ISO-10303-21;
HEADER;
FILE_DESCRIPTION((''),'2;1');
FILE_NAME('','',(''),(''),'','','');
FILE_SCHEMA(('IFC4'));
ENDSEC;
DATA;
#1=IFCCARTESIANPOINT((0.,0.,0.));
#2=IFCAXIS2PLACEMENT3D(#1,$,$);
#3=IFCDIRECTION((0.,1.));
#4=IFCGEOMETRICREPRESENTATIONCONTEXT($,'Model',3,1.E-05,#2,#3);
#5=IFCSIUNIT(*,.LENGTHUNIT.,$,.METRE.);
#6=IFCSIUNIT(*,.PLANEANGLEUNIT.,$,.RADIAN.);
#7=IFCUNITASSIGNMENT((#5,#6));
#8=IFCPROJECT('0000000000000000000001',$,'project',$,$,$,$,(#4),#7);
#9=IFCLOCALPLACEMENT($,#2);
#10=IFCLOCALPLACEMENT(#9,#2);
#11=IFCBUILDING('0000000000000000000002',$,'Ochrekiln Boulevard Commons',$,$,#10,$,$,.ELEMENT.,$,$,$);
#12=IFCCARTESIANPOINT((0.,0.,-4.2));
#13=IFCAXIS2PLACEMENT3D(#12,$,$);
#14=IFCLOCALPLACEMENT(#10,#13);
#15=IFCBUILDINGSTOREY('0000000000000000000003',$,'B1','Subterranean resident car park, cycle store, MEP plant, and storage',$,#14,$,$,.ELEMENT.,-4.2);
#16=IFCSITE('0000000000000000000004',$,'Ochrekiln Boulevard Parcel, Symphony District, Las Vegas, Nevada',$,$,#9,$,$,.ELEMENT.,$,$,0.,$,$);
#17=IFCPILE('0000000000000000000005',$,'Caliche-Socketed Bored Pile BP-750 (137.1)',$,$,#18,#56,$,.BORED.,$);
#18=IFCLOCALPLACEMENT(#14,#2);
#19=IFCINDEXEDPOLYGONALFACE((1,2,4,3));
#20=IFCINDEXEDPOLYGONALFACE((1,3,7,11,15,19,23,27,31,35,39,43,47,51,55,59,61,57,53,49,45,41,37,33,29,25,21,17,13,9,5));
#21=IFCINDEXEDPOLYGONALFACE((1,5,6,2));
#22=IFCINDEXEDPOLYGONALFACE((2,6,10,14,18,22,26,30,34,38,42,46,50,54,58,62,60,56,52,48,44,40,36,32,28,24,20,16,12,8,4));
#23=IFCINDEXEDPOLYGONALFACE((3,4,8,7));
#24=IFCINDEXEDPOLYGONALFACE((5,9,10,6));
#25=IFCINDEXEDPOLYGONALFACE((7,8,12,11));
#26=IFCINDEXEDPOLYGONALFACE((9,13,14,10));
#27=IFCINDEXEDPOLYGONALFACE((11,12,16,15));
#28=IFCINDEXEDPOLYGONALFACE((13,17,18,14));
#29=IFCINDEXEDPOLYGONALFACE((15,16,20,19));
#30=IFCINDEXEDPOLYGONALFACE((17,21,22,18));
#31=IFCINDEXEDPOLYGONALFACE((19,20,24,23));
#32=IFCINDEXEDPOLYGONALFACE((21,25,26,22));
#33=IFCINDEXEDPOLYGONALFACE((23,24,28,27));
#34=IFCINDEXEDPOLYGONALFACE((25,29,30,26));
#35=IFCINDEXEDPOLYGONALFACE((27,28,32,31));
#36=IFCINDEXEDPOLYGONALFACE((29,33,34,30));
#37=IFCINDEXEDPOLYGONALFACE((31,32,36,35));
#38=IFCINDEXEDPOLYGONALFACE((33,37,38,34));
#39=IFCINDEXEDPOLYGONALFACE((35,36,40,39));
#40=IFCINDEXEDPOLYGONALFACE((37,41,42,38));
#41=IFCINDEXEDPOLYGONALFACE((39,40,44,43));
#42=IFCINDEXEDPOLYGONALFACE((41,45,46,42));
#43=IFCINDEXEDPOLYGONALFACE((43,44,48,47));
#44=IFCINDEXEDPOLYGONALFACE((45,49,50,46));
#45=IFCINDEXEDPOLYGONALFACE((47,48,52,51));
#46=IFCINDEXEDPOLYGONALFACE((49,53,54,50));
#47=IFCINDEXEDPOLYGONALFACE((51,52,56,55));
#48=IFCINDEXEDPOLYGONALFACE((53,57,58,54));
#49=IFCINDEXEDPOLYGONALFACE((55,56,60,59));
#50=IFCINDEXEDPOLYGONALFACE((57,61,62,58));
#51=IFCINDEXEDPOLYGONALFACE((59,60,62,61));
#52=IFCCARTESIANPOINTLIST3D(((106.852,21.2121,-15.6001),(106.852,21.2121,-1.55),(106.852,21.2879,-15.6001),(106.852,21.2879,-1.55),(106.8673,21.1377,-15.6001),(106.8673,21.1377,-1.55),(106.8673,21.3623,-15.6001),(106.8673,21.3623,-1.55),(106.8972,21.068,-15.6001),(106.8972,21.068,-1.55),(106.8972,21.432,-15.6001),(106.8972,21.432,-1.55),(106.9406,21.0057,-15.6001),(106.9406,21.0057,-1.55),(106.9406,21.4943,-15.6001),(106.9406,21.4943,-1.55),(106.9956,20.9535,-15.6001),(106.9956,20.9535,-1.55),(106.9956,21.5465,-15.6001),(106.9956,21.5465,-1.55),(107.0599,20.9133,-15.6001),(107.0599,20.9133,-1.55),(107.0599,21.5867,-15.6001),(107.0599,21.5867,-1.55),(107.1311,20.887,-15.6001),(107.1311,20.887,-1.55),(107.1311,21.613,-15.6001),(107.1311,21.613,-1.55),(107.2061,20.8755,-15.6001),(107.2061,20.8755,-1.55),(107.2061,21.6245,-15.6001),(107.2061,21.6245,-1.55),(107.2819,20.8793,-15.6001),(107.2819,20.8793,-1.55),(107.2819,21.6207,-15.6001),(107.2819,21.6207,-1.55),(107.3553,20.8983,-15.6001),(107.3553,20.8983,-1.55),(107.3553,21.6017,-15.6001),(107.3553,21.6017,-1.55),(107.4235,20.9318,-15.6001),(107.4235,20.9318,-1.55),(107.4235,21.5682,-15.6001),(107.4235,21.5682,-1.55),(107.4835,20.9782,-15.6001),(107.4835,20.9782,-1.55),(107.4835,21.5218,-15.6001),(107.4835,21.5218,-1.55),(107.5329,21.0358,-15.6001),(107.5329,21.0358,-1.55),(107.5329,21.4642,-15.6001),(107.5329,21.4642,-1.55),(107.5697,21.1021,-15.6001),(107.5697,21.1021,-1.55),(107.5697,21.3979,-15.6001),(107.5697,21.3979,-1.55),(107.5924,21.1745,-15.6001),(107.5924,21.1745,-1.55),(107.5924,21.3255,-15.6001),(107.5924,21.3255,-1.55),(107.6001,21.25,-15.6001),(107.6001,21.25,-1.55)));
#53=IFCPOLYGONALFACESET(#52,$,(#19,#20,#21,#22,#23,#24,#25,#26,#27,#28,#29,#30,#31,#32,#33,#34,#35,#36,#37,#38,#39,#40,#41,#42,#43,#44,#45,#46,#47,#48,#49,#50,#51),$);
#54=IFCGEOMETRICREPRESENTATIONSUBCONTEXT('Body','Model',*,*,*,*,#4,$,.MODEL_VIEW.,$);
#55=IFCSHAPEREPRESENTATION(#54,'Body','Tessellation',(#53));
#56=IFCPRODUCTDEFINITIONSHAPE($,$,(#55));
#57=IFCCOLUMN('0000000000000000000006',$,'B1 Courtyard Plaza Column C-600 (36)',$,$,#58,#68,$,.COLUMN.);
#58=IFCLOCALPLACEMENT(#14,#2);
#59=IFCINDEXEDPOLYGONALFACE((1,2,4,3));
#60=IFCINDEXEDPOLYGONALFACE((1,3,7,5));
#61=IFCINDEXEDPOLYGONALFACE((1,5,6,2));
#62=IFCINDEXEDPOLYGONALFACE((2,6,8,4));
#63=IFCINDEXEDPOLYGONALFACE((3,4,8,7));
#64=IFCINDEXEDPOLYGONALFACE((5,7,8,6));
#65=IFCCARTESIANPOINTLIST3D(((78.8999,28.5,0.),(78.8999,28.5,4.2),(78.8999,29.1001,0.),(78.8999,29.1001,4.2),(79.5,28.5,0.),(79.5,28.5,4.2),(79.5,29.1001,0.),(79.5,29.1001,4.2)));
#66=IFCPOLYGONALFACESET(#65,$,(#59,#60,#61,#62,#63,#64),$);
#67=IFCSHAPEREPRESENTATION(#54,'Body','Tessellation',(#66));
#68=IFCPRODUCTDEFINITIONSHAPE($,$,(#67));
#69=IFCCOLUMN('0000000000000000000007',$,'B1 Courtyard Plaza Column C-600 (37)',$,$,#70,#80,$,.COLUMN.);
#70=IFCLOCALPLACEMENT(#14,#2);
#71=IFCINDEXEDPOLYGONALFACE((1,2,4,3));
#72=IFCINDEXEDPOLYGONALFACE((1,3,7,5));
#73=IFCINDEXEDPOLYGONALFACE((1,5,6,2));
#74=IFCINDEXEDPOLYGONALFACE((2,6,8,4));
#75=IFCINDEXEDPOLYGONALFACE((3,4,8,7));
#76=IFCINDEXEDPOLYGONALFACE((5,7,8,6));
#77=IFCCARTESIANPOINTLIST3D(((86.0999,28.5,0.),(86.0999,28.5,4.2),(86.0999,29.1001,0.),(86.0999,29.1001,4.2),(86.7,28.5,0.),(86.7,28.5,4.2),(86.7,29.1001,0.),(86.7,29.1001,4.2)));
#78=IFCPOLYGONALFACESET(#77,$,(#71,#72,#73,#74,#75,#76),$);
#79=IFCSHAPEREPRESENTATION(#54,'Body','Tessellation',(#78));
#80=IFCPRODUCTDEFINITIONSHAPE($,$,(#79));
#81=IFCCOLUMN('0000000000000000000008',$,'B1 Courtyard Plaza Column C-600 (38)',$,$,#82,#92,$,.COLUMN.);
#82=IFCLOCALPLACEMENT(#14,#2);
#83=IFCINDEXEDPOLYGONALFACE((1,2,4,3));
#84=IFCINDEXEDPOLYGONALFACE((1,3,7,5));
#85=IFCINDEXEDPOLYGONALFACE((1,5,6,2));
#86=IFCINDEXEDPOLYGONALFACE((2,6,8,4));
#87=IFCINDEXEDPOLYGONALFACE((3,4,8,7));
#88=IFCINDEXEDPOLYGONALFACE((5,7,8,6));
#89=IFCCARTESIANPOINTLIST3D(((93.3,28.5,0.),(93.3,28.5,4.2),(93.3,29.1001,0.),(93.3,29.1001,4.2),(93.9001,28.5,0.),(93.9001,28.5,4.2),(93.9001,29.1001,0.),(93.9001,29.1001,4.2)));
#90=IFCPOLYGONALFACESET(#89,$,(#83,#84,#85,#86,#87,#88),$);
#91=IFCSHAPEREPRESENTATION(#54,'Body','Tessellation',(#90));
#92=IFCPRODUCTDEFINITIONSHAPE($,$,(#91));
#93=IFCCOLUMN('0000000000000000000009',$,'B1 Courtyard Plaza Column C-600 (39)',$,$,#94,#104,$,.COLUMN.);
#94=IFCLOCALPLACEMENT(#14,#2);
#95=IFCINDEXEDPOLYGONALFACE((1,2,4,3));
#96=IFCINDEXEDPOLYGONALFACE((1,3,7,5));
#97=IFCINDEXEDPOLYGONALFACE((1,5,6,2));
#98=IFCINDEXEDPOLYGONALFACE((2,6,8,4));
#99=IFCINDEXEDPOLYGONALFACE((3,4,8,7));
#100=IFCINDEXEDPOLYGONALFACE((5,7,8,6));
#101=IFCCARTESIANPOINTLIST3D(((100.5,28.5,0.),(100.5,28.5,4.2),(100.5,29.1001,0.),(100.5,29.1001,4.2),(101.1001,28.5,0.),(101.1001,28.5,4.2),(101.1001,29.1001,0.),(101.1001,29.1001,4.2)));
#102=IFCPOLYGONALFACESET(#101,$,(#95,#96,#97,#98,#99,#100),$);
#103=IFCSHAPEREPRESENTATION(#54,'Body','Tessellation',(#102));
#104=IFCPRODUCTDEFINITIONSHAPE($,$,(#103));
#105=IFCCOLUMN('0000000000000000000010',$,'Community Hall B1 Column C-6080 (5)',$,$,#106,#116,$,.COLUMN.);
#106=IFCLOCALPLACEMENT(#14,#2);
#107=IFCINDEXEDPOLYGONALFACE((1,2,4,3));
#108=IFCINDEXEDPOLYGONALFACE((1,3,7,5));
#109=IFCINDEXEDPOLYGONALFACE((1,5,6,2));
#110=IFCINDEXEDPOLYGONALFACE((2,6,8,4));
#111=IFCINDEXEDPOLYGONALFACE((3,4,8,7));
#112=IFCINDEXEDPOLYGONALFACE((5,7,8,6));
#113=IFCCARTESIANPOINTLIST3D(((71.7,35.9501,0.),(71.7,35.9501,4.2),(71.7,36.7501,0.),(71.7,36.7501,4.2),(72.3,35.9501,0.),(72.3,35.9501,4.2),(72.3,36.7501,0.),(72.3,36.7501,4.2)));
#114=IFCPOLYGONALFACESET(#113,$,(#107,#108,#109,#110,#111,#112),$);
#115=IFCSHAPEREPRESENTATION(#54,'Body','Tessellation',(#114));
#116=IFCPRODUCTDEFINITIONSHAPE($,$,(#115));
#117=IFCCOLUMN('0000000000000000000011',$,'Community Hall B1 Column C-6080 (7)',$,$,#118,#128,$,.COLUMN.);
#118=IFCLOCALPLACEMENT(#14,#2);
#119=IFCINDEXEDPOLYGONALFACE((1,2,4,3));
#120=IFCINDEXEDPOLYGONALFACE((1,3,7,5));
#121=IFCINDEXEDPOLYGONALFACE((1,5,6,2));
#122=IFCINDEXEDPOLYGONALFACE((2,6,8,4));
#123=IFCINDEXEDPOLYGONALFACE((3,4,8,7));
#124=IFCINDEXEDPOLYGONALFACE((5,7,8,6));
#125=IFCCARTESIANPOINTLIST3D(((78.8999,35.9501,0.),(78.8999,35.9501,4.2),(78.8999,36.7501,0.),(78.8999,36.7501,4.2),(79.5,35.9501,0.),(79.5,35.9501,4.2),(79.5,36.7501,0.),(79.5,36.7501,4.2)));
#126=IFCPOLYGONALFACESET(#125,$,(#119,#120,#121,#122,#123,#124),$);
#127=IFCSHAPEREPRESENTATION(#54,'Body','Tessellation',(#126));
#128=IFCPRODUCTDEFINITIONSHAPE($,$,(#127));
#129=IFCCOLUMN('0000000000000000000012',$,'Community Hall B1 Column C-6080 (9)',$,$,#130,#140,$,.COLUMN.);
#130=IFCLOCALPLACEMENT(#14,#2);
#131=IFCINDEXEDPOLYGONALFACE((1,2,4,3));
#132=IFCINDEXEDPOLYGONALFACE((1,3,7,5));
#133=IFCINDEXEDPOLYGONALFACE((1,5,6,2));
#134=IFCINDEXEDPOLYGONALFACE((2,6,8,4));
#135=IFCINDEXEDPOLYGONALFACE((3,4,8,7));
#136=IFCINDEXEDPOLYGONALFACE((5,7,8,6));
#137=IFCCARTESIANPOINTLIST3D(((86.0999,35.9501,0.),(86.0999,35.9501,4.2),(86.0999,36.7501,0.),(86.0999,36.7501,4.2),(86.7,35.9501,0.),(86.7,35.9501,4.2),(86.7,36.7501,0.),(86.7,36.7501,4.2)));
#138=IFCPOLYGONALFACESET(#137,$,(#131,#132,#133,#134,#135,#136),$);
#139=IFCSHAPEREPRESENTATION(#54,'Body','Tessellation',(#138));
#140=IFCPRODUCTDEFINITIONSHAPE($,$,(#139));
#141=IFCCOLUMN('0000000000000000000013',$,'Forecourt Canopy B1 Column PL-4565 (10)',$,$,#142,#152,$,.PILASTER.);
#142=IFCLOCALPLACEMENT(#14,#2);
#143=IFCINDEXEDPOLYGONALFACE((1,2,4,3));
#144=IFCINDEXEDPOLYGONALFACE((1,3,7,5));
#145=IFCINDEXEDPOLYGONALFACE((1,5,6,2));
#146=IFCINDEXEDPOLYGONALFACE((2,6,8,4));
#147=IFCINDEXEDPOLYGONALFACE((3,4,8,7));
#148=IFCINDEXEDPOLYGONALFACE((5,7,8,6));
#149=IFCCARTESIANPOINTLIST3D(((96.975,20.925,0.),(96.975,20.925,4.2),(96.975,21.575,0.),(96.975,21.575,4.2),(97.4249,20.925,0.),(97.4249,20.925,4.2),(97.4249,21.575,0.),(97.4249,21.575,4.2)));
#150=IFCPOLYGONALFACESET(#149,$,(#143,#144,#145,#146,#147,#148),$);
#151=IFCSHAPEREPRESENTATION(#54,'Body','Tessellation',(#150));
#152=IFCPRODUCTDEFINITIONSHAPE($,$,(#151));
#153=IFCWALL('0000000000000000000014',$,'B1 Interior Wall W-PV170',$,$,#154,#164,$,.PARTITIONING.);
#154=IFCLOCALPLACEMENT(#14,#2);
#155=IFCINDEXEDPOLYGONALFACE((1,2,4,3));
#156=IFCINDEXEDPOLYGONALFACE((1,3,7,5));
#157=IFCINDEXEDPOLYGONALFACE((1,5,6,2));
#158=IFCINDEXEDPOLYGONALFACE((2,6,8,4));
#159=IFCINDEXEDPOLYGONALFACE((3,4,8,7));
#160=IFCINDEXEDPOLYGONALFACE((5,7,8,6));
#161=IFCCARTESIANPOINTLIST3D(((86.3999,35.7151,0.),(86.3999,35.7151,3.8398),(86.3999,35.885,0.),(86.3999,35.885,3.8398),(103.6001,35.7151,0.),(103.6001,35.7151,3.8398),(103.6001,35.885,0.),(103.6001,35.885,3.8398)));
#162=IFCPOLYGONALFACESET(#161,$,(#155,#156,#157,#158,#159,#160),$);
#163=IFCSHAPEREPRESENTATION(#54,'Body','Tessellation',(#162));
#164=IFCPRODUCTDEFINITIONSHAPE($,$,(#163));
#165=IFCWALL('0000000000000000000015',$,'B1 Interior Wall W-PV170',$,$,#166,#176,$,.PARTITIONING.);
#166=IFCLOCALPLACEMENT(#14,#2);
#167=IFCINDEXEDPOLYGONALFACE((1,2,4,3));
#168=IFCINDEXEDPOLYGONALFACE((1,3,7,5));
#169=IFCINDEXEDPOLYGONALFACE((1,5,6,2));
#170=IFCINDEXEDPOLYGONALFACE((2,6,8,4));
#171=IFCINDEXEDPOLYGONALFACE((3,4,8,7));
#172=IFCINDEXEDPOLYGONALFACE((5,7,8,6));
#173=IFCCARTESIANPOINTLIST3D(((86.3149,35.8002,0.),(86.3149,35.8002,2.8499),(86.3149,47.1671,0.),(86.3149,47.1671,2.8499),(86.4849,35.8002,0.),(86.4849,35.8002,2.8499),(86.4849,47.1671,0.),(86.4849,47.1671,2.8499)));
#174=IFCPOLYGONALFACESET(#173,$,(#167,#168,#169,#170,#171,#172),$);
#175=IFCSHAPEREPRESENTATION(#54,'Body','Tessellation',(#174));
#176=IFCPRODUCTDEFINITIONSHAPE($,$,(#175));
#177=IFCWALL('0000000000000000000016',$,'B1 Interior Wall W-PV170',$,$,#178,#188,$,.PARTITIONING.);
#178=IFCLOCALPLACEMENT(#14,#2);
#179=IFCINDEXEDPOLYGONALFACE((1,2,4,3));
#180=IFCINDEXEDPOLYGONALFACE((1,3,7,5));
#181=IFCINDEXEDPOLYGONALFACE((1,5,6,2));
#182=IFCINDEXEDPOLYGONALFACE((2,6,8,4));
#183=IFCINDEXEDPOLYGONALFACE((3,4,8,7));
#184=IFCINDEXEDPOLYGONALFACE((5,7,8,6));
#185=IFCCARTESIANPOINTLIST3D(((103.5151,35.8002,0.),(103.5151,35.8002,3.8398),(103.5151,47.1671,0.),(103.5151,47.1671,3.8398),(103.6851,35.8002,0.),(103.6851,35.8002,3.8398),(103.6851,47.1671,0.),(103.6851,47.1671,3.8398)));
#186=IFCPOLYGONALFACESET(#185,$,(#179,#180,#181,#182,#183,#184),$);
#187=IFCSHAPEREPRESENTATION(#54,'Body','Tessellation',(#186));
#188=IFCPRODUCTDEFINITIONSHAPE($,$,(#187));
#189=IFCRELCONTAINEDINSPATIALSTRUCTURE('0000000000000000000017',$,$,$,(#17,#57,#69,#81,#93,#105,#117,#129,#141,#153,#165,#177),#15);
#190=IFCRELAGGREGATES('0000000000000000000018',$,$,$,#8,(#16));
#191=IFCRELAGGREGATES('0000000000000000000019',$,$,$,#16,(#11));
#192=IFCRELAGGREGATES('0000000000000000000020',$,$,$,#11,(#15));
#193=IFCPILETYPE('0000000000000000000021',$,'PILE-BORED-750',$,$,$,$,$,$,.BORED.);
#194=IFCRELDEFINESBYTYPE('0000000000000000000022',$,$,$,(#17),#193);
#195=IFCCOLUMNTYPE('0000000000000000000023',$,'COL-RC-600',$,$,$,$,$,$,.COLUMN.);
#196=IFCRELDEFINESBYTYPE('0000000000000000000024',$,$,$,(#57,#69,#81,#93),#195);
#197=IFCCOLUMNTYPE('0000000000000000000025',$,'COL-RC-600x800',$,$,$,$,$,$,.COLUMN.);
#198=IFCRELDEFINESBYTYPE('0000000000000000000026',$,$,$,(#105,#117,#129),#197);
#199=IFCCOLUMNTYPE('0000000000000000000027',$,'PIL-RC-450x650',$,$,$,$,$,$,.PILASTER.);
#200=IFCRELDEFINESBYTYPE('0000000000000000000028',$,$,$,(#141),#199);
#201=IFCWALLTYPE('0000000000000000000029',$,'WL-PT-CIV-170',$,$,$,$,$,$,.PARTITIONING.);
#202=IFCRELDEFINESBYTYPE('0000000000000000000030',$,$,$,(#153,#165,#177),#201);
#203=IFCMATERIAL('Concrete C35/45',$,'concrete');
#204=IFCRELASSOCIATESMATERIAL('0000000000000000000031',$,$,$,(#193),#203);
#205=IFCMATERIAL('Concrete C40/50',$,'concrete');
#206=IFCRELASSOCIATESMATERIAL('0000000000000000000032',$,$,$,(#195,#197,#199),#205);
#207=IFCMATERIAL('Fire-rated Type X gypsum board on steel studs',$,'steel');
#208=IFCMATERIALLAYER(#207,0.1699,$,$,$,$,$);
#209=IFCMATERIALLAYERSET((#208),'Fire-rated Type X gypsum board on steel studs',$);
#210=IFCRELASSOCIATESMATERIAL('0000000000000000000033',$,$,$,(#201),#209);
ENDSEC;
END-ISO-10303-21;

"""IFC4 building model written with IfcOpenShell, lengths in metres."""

from ifc_helpers import new_model, si_unit, direction, frame, frame_2d, origin, origin_2d, place, context, subcontext, project, spatial, rectangle, circle, extrude, material, layer, layer_set, material_profile, profile_set, type_object, element, save


model = new_model("IFC4")

# Units and contexts
model_context = context("Model", 3, precision=1e-05, world=origin(), true_north=direction((0.0, 1.0)))
body_context = subcontext(model_context, "Body", "Model", "MODEL_VIEW")
ifc_project = project(units=[si_unit("LENGTHUNIT", "METRE"), si_unit("PLANEANGLEUNIT", "RADIAN")], contexts=[model_context])

# Site, building, storey
site_placement = place(None, origin())
site = spatial("IfcSite", under=ifc_project, at=site_placement, Name="Ochrekiln Boulevard Parcel, Symphony District, Las Vegas, Nevada", CompositionType="ELEMENT", RefElevation=0.0)
building_placement = place(site_placement, origin())
building = spatial("IfcBuilding", under=site, at=building_placement, Name="Ochrekiln Boulevard Commons", CompositionType="ELEMENT")
storey_placement = place(building_placement, frame((0.0, 0.0, -4.2)))
storey = spatial("IfcBuildingStorey", under=building, at=storey_placement, Name="B1", Description="Subterranean resident car park, cycle store, MEP plant, and storage", CompositionType="ELEMENT", Elevation=-4.2)

# Shared definitions
ifc_material_1 = material(Name="Concrete C35/45", Category="concrete")

# Pile
ifc_material_profile_1 = material_profile(ifc_material_1, circle(Radius=0.375, at=origin_2d()), Name="PILE-D750")
ifc_profile_set_1 = profile_set([ifc_material_profile_1], Name="Concrete C35/45")
pile_type = type_object("IfcPileType", Name="PILE-BORED-750", PredefinedType="BORED", material=ifc_profile_set_1)
pile_placement = place(storey_placement, frame((107.2251, 21.25, -1.55), z_axis=(0.0, 0.0, -1.0), x_axis=(1.0, 0.0, 0.0)))
element("IfcPile", 1, at=pile_placement, inside=storey, type_object=pile_type, Name="Caliche-Socketed Bored Pile BP-750 (137.1)", PredefinedType="BORED", context=body_context, shape_type="SweptSolid", body=[
    extrude(circle(Radius=0.375, at=origin_2d()), origin(), (0.0, 0.0, 1.0), 14.05),
])

# Columns
ifc_material_2 = material(Name="Concrete C40/50", Category="concrete")
ifc_material_profile_2 = material_profile(ifc_material_2, rectangle(XDim=0.6001, YDim=0.6001, at=origin_2d()), Name="RC-COL-600x600")
ifc_profile_set_2 = profile_set([ifc_material_profile_2], Name="Concrete C40/50")
column_type_1 = type_object("IfcColumnType", Name="COL-RC-600", PredefinedType="COLUMN", material=ifc_profile_set_2)
for number, where, z_axis, x_axis, name in (
    (2, (79.2, 28.8, 0.0), (0.0, 0.0, 1.0), (1.0, 0.0, 0.0), "B1 Courtyard Plaza Column C-600 (36)"),
    (3, (86.3999, 28.8, 0.0), (0.0, 0.0, 1.0), (1.0, 0.0, 0.0), "B1 Courtyard Plaza Column C-600 (37)"),
    (4, (93.6001, 28.8, 0.0), (0.0, 0.0, 1.0), (1.0, 0.0, 0.0), "B1 Courtyard Plaza Column C-600 (38)"),
    (5, (100.8, 28.8, 0.0), (0.0, 0.0, 1.0), (1.0, 0.0, 0.0), "B1 Courtyard Plaza Column C-600 (39)"),
):
    element("IfcColumn", number, at=place(storey_placement, frame(where, z_axis=z_axis, x_axis=x_axis)), inside=storey, type_object=column_type_1, Name=name, PredefinedType="COLUMN", context=body_context, shape_type="SweptSolid", body=[
        extrude(rectangle(XDim=0.6001, YDim=0.6001, at=origin_2d()), origin(), (0.0, 0.0, 1.0), 4.2),
    ])
ifc_material_profile_3 = material_profile(ifc_material_2, rectangle(XDim=0.6001, YDim=0.8, at=origin_2d()), Name="RC-COL-600x800")
ifc_profile_set_3 = profile_set([ifc_material_profile_3], Name="Concrete C40/50")
column_type_2 = type_object("IfcColumnType", Name="COL-RC-600x800", PredefinedType="COLUMN", material=ifc_profile_set_3)
for number, where, z_axis, x_axis, name in (
    (6, (72.0, 36.3501, 0.0), (0.0, 0.0, 1.0), (1.0, 0.0, 0.0), "Community Hall B1 Column C-6080 (5)"),
    (7, (79.2, 36.3501, 0.0), (0.0, 0.0, 1.0), (1.0, 0.0, 0.0), "Community Hall B1 Column C-6080 (7)"),
    (8, (86.3999, 36.3501, 0.0), (0.0, 0.0, 1.0), (1.0, 0.0, 0.0), "Community Hall B1 Column C-6080 (9)"),
):
    element("IfcColumn", number, at=place(storey_placement, frame(where, z_axis=z_axis, x_axis=x_axis)), inside=storey, type_object=column_type_2, Name=name, PredefinedType="COLUMN", context=body_context, shape_type="SweptSolid", body=[
        extrude(rectangle(XDim=0.6001, YDim=0.8, at=origin_2d()), origin(), (0.0, 0.0, 1.0), 4.2),
    ])
ifc_material_profile_4 = material_profile(ifc_material_2, rectangle(XDim=0.45, YDim=0.6499, at=origin_2d()), Name="RC-PIL-450x650")
ifc_profile_set_4 = profile_set([ifc_material_profile_4], Name="Concrete C40/50")
column_type_3 = type_object("IfcColumnType", Name="PIL-RC-450x650", PredefinedType="PILASTER", material=ifc_profile_set_4)
column_placement = place(storey_placement, frame((97.2, 21.25, 0.0), z_axis=(0.0, 0.0, 1.0), x_axis=(1.0, 0.0, 0.0)))
element("IfcColumn", 9, at=column_placement, inside=storey, type_object=column_type_3, Name="Forecourt Canopy B1 Column PL-4565 (10)", PredefinedType="PILASTER", context=body_context, shape_type="SweptSolid", body=[
    extrude(rectangle(XDim=0.45, YDim=0.6499, at=origin_2d()), origin(), (0.0, 0.0, 1.0), 4.2),
])

# Walls
ifc_material_3 = material(Name="Fire-rated Type X gypsum board on steel studs", Category="steel")
ifc_layer = layer(ifc_material_3, 0.1699)
ifc_layer_set = layer_set([ifc_layer], Name="Fire-rated Type X gypsum board on steel studs")
wall_type = type_object("IfcWallType", Name="WL-PT-CIV-170", PredefinedType="PARTITIONING", material=ifc_layer_set)
wall_1_placement = place(storey_placement, frame((86.3999, 35.8, 0.0), z_axis=(0.0, 0.0, 1.0), x_axis=(1.0, 0.0, 0.0)))
element("IfcWall", 10, at=wall_1_placement, inside=storey, type_object=wall_type, Name="B1 Interior Wall W-PV170", PredefinedType="PARTITIONING", context=body_context, shape_type="SweptSolid", body=[
    extrude(rectangle(XDim=17.2002, YDim=0.1699, at=frame_2d((8.6001, 0.0))), origin(), (0.0, 0.0, 1.0), 3.8398),
])
wall_2_placement = place(storey_placement, frame((86.3999, 35.8, 0.0), z_axis=(0.0, 0.0, 1.0), x_axis=(0.0, 1.0, 0.0)))
element("IfcWall", 11, at=wall_2_placement, inside=storey, type_object=wall_type, Name="B1 Interior Wall W-PV170", PredefinedType="PARTITIONING", context=body_context, shape_type="SweptSolid", body=[
    extrude(rectangle(XDim=11.3669, YDim=0.1699, at=frame_2d((5.6836, 0.0))), origin(), (0.0, 0.0, 1.0), 2.8499),
])
wall_3_placement = place(storey_placement, frame((103.6001, 35.8, 0.0), z_axis=(0.0, 0.0, 1.0), x_axis=(0.0, 1.0, 0.0)))
element("IfcWall", 12, at=wall_3_placement, inside=storey, type_object=wall_type, Name="B1 Interior Wall W-PV170", PredefinedType="PARTITIONING", context=body_context, shape_type="SweptSolid", body=[
    extrude(rectangle(XDim=11.3669, YDim=0.1699, at=frame_2d((5.6836, 0.0))), origin(), (0.0, 0.0, 1.0), 3.8398),
])

save(model, "model.ifc")
